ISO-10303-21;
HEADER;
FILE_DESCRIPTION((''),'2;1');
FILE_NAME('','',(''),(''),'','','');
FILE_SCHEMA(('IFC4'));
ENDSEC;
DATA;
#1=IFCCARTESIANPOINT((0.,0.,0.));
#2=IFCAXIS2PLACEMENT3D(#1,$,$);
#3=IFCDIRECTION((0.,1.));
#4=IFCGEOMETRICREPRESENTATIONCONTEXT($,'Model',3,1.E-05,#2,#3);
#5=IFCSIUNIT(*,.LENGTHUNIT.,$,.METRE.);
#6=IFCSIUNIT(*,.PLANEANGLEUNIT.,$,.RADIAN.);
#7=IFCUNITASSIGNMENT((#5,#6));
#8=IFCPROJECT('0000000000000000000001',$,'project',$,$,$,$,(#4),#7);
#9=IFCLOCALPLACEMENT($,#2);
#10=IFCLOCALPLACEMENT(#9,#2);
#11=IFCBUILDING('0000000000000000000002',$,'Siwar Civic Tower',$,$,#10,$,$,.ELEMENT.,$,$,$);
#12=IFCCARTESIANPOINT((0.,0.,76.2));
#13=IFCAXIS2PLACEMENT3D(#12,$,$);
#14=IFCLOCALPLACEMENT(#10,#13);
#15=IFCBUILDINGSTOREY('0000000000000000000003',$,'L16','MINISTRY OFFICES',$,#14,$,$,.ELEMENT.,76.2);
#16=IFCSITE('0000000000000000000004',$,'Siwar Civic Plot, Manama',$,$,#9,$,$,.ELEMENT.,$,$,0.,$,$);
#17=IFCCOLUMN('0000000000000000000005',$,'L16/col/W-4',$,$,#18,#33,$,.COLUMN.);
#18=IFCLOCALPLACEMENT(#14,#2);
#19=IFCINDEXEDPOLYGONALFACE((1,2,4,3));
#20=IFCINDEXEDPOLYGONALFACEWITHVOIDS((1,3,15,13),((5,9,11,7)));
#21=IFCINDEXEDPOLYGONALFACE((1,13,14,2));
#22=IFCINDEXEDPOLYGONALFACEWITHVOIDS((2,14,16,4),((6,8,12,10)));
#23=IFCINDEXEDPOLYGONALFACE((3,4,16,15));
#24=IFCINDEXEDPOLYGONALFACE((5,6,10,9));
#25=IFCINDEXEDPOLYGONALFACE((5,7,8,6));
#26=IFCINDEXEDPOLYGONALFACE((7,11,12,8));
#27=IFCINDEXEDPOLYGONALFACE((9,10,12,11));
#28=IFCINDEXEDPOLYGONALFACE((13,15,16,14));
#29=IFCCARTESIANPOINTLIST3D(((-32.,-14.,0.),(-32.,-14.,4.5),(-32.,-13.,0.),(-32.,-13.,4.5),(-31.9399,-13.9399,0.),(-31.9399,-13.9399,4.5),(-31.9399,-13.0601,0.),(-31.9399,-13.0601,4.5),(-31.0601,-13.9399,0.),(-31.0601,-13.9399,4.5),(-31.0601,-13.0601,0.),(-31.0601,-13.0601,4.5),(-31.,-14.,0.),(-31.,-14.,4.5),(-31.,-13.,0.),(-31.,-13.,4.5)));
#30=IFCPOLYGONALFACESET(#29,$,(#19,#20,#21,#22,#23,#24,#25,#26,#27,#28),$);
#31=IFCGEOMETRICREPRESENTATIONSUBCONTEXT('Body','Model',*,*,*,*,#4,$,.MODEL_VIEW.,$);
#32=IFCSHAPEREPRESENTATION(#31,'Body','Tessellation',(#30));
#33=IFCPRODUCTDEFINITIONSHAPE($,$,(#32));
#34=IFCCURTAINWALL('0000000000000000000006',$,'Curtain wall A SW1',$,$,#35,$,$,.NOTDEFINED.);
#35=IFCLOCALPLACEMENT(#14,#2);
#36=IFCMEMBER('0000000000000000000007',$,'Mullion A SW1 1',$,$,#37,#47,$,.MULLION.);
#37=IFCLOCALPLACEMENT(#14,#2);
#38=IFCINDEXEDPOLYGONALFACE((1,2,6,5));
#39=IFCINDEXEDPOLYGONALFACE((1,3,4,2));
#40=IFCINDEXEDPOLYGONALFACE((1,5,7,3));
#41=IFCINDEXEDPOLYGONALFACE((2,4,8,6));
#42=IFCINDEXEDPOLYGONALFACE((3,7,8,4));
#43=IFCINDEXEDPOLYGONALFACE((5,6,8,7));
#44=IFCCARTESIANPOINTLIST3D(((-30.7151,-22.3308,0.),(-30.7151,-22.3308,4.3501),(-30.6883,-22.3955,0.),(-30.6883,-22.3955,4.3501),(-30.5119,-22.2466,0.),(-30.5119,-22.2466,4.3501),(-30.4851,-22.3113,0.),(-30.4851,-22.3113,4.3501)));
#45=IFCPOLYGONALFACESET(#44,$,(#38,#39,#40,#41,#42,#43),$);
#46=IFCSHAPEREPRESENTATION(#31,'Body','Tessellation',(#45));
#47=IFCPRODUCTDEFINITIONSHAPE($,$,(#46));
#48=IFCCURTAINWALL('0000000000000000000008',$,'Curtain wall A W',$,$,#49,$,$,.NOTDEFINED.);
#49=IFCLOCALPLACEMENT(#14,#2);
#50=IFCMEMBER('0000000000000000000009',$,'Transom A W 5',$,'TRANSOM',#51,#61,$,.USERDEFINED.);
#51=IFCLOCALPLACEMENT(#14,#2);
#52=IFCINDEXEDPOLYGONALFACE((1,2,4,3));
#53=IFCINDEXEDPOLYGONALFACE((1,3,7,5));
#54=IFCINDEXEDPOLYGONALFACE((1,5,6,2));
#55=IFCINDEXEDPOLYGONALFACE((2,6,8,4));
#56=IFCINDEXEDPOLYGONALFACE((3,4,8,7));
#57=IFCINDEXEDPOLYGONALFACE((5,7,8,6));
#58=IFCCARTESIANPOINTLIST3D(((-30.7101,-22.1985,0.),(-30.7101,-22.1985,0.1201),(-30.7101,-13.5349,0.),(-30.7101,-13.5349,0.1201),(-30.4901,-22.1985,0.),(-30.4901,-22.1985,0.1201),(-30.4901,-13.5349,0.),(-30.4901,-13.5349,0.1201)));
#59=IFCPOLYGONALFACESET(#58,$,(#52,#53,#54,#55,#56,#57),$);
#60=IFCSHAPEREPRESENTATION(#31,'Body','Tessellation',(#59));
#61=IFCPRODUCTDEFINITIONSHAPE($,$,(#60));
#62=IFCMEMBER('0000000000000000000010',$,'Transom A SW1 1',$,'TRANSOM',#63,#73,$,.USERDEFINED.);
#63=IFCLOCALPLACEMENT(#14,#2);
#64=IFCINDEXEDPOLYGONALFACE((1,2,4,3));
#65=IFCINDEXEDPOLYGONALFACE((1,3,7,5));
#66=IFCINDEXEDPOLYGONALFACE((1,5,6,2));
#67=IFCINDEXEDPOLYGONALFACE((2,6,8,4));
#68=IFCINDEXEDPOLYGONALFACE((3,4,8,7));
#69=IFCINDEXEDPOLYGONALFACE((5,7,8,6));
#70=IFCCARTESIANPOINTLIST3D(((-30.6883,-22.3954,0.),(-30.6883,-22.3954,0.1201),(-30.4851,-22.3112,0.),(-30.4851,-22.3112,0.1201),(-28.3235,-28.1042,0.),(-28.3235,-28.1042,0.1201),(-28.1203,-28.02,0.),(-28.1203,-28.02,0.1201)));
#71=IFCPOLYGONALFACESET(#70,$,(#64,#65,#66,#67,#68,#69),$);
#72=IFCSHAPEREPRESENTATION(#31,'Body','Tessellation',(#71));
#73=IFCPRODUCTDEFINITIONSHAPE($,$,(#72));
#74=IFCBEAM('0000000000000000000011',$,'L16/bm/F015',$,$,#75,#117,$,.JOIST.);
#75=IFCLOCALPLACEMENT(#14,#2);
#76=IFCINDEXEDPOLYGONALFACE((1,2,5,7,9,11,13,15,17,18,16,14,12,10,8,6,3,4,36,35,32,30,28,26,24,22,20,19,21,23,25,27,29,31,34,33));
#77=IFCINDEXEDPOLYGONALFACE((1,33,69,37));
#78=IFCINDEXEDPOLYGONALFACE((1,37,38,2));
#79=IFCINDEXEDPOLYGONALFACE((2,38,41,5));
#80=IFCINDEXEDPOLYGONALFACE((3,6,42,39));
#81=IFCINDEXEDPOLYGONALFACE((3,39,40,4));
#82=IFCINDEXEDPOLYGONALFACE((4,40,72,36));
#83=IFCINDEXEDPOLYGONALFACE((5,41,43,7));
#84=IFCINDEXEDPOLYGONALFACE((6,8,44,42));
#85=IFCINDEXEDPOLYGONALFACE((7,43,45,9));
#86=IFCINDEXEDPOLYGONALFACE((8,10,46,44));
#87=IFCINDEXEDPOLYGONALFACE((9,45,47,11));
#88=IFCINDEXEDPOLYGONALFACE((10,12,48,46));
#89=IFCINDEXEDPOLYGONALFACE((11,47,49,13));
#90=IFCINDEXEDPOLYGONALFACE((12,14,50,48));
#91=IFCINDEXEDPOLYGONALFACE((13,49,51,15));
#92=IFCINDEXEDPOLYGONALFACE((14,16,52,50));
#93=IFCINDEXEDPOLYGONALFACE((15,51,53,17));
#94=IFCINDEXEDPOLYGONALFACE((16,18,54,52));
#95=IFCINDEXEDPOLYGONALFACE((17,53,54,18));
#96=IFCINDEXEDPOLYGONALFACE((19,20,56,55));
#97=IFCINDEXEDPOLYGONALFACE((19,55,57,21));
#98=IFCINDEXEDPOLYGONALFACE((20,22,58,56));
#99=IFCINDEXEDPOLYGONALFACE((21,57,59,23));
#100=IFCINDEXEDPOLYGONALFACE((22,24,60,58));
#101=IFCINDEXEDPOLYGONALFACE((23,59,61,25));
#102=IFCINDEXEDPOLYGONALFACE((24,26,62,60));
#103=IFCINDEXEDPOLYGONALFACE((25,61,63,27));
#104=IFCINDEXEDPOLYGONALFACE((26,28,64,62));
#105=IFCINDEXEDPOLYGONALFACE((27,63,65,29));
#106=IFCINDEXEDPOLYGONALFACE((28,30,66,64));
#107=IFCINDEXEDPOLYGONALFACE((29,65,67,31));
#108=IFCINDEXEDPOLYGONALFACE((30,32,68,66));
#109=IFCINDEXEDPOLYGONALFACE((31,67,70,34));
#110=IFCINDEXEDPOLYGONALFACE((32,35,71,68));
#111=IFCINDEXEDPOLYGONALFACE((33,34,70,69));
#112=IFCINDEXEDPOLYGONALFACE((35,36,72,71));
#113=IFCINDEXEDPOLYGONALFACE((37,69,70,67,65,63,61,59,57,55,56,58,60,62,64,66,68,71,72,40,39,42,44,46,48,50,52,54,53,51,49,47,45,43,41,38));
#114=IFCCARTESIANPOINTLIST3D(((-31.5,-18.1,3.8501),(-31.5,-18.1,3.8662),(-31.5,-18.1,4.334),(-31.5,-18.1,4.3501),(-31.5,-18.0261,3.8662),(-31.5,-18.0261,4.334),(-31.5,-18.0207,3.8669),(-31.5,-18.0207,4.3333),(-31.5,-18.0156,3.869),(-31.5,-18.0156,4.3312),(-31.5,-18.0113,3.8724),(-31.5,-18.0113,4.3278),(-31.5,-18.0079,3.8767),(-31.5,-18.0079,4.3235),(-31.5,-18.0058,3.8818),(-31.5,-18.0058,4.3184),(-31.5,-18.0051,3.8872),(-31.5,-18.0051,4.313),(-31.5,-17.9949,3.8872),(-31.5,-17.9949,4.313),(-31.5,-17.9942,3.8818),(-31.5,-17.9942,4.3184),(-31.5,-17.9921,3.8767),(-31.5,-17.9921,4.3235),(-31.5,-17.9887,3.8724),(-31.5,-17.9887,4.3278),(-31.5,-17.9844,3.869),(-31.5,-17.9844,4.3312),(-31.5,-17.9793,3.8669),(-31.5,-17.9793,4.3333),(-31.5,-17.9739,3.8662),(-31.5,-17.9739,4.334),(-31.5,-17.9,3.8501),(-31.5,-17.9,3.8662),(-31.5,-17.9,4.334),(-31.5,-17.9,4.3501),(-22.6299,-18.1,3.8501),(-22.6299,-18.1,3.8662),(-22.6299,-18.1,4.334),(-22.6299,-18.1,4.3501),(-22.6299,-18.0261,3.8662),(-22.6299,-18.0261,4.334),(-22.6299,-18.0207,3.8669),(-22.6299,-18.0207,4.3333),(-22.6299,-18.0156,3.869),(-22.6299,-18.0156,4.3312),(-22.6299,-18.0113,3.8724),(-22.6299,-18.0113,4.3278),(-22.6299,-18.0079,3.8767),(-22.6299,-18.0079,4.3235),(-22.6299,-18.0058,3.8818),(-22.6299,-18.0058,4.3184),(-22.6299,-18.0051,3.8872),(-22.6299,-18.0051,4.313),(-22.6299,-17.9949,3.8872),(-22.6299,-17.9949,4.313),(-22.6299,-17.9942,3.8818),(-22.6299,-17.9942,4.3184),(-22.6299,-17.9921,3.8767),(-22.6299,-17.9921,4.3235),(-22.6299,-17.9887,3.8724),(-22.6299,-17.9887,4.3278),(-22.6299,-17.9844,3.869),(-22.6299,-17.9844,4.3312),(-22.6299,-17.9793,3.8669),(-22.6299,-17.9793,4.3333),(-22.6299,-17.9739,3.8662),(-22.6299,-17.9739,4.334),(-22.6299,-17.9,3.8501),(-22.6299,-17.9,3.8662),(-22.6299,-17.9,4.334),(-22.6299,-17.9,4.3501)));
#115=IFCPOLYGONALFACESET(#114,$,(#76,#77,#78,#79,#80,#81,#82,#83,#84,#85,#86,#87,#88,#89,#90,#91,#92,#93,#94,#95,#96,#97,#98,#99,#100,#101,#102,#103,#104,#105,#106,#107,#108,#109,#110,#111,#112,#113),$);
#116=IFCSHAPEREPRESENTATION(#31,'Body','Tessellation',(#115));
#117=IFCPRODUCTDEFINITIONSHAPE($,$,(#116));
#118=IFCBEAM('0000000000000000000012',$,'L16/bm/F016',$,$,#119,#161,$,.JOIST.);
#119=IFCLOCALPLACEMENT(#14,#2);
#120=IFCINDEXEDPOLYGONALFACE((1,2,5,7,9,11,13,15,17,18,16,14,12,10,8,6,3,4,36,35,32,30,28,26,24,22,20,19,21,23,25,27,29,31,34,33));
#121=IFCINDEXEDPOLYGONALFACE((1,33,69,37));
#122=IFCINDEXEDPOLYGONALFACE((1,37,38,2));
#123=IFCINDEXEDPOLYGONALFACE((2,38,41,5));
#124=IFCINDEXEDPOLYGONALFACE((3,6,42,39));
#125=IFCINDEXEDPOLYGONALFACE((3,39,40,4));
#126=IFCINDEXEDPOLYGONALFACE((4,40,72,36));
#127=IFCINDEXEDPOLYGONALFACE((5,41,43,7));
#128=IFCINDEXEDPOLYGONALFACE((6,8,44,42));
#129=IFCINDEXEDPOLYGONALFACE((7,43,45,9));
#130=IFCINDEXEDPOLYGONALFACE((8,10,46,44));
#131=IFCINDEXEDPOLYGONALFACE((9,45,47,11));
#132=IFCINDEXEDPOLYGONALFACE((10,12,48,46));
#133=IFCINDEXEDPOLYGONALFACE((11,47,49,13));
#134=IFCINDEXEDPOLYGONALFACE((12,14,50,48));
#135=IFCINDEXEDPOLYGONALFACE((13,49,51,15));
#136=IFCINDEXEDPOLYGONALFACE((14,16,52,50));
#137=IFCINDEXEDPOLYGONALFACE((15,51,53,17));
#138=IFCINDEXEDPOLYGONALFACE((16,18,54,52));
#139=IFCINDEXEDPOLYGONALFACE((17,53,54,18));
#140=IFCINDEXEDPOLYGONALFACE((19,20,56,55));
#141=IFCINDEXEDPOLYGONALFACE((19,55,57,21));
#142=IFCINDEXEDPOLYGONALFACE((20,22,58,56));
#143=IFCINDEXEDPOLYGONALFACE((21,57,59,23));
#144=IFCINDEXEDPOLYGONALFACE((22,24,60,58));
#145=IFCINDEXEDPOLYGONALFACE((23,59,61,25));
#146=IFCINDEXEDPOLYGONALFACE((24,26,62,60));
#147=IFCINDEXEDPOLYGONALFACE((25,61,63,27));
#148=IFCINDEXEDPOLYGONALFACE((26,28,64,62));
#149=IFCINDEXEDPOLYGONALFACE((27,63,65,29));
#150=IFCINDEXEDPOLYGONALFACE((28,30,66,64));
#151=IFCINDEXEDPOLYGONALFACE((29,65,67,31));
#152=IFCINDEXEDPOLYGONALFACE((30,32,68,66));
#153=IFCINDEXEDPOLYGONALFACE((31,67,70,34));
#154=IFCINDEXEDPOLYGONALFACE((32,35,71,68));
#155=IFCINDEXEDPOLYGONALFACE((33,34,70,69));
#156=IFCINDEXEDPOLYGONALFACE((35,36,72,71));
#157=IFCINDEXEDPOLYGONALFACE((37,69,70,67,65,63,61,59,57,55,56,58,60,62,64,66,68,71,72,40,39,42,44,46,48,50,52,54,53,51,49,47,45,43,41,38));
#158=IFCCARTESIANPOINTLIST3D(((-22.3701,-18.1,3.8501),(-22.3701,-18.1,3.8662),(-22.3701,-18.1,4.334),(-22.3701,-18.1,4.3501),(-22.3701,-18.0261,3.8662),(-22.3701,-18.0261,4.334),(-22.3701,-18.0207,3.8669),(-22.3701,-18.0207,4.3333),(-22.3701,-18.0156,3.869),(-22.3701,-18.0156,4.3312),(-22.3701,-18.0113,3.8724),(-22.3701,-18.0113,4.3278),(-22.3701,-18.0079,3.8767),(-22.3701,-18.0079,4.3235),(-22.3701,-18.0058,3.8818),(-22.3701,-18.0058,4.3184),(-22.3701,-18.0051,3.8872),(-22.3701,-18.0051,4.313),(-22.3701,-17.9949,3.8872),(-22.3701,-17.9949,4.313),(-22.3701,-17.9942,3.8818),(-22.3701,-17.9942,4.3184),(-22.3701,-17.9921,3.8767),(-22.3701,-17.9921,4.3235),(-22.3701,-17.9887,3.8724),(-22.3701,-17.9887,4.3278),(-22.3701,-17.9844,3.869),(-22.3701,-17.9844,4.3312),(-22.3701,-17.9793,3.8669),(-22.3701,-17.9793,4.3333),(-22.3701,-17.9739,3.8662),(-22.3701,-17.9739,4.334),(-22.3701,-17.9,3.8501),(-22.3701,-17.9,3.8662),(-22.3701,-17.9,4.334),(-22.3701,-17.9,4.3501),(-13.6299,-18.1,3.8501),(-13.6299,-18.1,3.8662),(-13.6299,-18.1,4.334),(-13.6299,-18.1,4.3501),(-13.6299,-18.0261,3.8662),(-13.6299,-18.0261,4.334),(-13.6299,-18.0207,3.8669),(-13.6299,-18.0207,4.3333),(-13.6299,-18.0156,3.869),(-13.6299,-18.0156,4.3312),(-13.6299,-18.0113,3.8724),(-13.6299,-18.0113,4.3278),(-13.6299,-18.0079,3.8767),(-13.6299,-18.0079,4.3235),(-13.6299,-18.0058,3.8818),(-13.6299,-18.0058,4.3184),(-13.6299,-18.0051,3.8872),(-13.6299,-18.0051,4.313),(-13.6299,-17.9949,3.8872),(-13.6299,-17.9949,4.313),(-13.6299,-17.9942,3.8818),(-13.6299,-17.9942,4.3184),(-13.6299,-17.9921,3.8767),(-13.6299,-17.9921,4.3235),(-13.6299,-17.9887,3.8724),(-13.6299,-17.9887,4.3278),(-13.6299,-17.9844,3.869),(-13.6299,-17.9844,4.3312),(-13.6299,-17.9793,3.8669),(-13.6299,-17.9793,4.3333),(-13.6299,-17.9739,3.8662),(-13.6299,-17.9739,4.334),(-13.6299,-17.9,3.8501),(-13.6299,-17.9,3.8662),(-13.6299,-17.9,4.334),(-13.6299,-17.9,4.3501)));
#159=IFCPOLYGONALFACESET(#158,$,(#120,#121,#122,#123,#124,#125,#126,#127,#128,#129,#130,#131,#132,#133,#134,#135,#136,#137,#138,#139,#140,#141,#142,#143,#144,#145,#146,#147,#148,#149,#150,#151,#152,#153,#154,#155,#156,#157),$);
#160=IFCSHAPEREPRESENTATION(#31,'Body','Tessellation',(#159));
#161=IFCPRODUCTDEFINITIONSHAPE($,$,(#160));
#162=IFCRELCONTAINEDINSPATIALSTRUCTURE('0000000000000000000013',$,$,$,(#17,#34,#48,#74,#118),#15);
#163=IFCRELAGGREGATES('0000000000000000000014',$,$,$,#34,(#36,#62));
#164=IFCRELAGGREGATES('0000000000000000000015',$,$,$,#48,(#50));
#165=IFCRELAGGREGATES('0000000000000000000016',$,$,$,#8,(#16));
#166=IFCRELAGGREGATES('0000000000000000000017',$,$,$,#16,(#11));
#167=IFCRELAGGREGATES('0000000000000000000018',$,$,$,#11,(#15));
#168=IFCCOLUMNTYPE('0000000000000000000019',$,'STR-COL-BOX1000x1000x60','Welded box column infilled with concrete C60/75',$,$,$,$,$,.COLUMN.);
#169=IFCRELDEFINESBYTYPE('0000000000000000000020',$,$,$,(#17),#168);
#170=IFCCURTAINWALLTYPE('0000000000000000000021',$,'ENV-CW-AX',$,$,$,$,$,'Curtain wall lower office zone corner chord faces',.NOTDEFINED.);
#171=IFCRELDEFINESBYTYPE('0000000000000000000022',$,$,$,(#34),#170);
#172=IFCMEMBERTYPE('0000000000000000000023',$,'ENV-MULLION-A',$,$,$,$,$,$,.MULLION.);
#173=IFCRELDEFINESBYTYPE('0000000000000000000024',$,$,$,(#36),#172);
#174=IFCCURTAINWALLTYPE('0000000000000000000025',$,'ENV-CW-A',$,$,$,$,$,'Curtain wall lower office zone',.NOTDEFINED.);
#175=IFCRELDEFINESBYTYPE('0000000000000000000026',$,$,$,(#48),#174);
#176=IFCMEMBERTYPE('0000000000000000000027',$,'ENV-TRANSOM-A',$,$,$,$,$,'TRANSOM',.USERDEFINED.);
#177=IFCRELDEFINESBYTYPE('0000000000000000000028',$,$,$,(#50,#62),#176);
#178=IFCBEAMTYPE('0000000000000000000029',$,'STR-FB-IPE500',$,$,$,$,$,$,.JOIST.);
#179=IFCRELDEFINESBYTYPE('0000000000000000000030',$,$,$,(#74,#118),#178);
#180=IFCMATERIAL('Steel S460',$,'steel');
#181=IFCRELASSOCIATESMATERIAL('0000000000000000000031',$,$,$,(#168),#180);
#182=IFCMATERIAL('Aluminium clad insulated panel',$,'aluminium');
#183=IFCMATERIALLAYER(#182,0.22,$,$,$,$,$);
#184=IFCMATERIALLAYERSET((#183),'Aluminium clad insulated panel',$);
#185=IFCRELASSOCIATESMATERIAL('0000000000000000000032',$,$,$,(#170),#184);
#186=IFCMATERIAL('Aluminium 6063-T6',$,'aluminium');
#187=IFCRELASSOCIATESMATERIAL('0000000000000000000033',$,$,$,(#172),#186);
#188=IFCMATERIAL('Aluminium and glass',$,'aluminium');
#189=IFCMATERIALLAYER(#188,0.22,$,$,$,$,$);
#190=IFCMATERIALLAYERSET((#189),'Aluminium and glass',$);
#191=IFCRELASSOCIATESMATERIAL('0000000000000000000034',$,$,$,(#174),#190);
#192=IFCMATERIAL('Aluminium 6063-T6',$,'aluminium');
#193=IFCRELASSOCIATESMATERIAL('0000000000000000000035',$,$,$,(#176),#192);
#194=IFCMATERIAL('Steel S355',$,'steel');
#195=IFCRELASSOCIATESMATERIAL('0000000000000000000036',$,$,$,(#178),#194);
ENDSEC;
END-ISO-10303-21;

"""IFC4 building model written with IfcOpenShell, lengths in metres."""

from ifc_helpers import new_model, si_unit, direction, frame, origin, origin_2d, place, context, subcontext, project, spatial, rectangle, hollow_rectangle, i_section, extrude, material, layer, layer_set, material_profile, profile_set, type_object, element, aggregate, save


model = new_model("IFC4")

# Units and contexts
model_context = context("Model", 3, precision=1e-05, world=origin(), true_north=direction((0.0, 1.0)))
body_context = subcontext(model_context, "Body", "Model", "MODEL_VIEW")
ifc_project = project(units=[si_unit("LENGTHUNIT", "METRE"), si_unit("PLANEANGLEUNIT", "RADIAN")], contexts=[model_context])

# Site, building, storey
site_placement = place(None, origin())
site = spatial("IfcSite", under=ifc_project, at=site_placement, Name="Siwar Civic Plot, Manama", CompositionType="ELEMENT", RefElevation=0.0)
building_placement = place(site_placement, origin())
building = spatial("IfcBuilding", under=site, at=building_placement, Name="Siwar Civic Tower", CompositionType="ELEMENT")
storey_placement = place(building_placement, frame((0.0, 0.0, 76.2)))
storey = spatial("IfcBuildingStorey", under=building, at=storey_placement, Name="L16", Description="MINISTRY OFFICES", CompositionType="ELEMENT", Elevation=76.2)

# Column
ifc_material_1 = material(Name="Steel S460", Category="steel")
ifc_material_profile_1 = material_profile(ifc_material_1, hollow_rectangle(XDim=1.0, YDim=1.0, WallThickness=0.0601, at=origin_2d()), Name="BOX1000x1000x60")
ifc_profile_set_1 = profile_set([ifc_material_profile_1], Name="Steel S460")
column_type = type_object("IfcColumnType", Name="STR-COL-BOX1000x1000x60", Description="Welded box column infilled with concrete C60/75", PredefinedType="COLUMN", material=ifc_profile_set_1)
column_placement = place(storey_placement, frame((-31.5, -13.5, 0.0), z_axis=(0.0, 0.0, 1.0), x_axis=(1.0, 0.0, 0.0)))
element("IfcColumn", 1, at=column_placement, inside=storey, type_object=column_type, Name="L16/col/W-4", PredefinedType="COLUMN", context=body_context, shape_type="SweptSolid", body=[
    extrude(hollow_rectangle(XDim=1.0, YDim=1.0, WallThickness=0.0601, at=origin_2d()), origin(), (0.0, 0.0, 1.0), 4.5),
])

# Curtain walls, members
ifc_material_2 = material(Name="Aluminium clad insulated panel", Category="aluminium")
ifc_layer_1 = layer(ifc_material_2, 0.22)
ifc_layer_set_1 = layer_set([ifc_layer_1], Name="Aluminium clad insulated panel")
curtain_wall_type_1 = type_object("IfcCurtainWallType", Name="ENV-CW-AX", ElementType="Curtain wall lower office zone corner chord faces", PredefinedType="NOTDEFINED", material=ifc_layer_set_1)
curtain_wall_1_placement = place(storey_placement, origin())
curtain_wall_1 = element("IfcCurtainWall", 2, at=curtain_wall_1_placement, inside=storey, type_object=curtain_wall_type_1, Name="Curtain wall A SW1", PredefinedType="NOTDEFINED")
ifc_material_3 = material(Name="Aluminium 6063-T6", Category="aluminium")
ifc_material_profile_2 = material_profile(ifc_material_3, rectangle(XDim=0.22, YDim=0.0701, at=origin_2d()), Name="AL 220x70")
ifc_profile_set_2 = profile_set([ifc_material_profile_2], Name="Aluminium 6063-T6")
member_type_1 = type_object("IfcMemberType", Name="ENV-MULLION-A", PredefinedType="MULLION", material=ifc_profile_set_2)
member_1_placement = place(storey_placement, frame((-30.6001, -22.321, 0.0), z_axis=(0.0, 0.0, 1.0), x_axis=(0.92388, 0.382683, 0.0)))
member_1 = element("IfcMember", 3, at=member_1_placement, type_object=member_type_1, Name="Mullion A SW1 1", PredefinedType="MULLION", context=body_context, shape_type="SweptSolid", body=[
    extrude(rectangle(XDim=0.22, YDim=0.0701, at=origin_2d()), origin(), (0.0, 0.0, 1.0), 4.3501),
])
ifc_material_4 = material(Name="Aluminium and glass", Category="aluminium")
ifc_layer_2 = layer(ifc_material_4, 0.22)
ifc_layer_set_2 = layer_set([ifc_layer_2], Name="Aluminium and glass")
curtain_wall_type_2 = type_object("IfcCurtainWallType", Name="ENV-CW-A", ElementType="Curtain wall lower office zone", PredefinedType="NOTDEFINED", material=ifc_layer_set_2)
curtain_wall_2_placement = place(storey_placement, origin())
curtain_wall_2 = element("IfcCurtainWall", 4, at=curtain_wall_2_placement, inside=storey, type_object=curtain_wall_type_2, Name="Curtain wall A W", PredefinedType="NOTDEFINED")
ifc_material_5 = material(Name="Aluminium 6063-T6", Category="aluminium")
ifc_material_profile_3 = material_profile(ifc_material_5, rectangle(XDim=0.22, YDim=0.1201, at=origin_2d()), Name="AL 220x120")
ifc_profile_set_3 = profile_set([ifc_material_profile_3], Name="Aluminium 6063-T6")
member_type_2 = type_object("IfcMemberType", Name="ENV-TRANSOM-A", ElementType="TRANSOM", PredefinedType="USERDEFINED", material=ifc_profile_set_3)
member_2_placement = place(storey_placement, frame((-30.6001, -13.5349, 0.0601), z_axis=(0.0, -1.0, 0.0), x_axis=(1.0, 0.0, 0.0)))
member_2 = element("IfcMember", 5, at=member_2_placement, type_object=member_type_2, Name="Transom A W 5", ObjectType="TRANSOM", PredefinedType="USERDEFINED", context=body_context, shape_type="SweptSolid", body=[
    extrude(rectangle(XDim=0.22, YDim=0.1201, at=origin_2d()), origin(), (0.0, 0.0, 1.0), 8.6636),
])

# Member
member_3_placement = place(storey_placement, frame((-30.5867, -22.3533, 0.0601), z_axis=(0.382698, -0.923873, 0.0), x_axis=(0.923873, 0.382698, 0.0)))
member_3 = element("IfcMember", 6, at=member_3_placement, type_object=member_type_2, Name="Transom A SW1 1", ObjectType="TRANSOM", PredefinedType="USERDEFINED", context=body_context, shape_type="SweptSolid", body=[
    extrude(rectangle(XDim=0.22, YDim=0.1201, at=origin_2d()), origin(), (0.0, 0.0, 1.0), 6.1792),
])
aggregate(curtain_wall_1, [member_1, member_3])

# Beams
ifc_material_6 = material(Name="Steel S355", Category="steel")
ifc_material_profile_4 = material_profile(ifc_material_6, i_section(OverallWidth=0.2, OverallDepth=0.5, WebThickness=0.0103, FlangeThickness=0.0161, FilletRadius=0.021, at=origin_2d()), Name="IPE500")
ifc_profile_set_4 = profile_set([ifc_material_profile_4], Name="Steel S355")
beam_type_1 = type_object("IfcBeamType", Name="STR-FB-IPE500", PredefinedType="JOIST", material=ifc_profile_set_4)
beam_1_placement = place(storey_placement, frame((-31.5, -18.0, 4.1001), z_axis=(1.0, 0.0, 0.0), x_axis=(0.0, 1.0, 0.0)))
element("IfcBeam", 7, at=beam_1_placement, inside=storey, type_object=beam_type_1, Name="L16/bm/F015", PredefinedType="JOIST", context=body_context, shape_type="SweptSolid", body=[
    extrude(i_section(OverallWidth=0.2, OverallDepth=0.5, WebThickness=0.0103, FlangeThickness=0.0161, FilletRadius=0.021, at=origin_2d()), origin(), (0.0, 0.0, 1.0), 8.8701),
])
beam_2_placement = place(storey_placement, frame((-22.3701, -18.0, 4.1001), z_axis=(1.0, 0.0, 0.0), x_axis=(0.0, 1.0, 0.0)))
element("IfcBeam", 8, at=beam_2_placement, inside=storey, type_object=beam_type_1, Name="L16/bm/F016", PredefinedType="JOIST", context=body_context, shape_type="SweptSolid", body=[
    extrude(i_section(OverallWidth=0.2, OverallDepth=0.5, WebThickness=0.0103, FlangeThickness=0.0161, FilletRadius=0.021, at=origin_2d()), origin(), (0.0, 0.0, 1.0), 8.7402),
])

aggregate(curtain_wall_2, [member_2])

save(model, "model.ifc")
